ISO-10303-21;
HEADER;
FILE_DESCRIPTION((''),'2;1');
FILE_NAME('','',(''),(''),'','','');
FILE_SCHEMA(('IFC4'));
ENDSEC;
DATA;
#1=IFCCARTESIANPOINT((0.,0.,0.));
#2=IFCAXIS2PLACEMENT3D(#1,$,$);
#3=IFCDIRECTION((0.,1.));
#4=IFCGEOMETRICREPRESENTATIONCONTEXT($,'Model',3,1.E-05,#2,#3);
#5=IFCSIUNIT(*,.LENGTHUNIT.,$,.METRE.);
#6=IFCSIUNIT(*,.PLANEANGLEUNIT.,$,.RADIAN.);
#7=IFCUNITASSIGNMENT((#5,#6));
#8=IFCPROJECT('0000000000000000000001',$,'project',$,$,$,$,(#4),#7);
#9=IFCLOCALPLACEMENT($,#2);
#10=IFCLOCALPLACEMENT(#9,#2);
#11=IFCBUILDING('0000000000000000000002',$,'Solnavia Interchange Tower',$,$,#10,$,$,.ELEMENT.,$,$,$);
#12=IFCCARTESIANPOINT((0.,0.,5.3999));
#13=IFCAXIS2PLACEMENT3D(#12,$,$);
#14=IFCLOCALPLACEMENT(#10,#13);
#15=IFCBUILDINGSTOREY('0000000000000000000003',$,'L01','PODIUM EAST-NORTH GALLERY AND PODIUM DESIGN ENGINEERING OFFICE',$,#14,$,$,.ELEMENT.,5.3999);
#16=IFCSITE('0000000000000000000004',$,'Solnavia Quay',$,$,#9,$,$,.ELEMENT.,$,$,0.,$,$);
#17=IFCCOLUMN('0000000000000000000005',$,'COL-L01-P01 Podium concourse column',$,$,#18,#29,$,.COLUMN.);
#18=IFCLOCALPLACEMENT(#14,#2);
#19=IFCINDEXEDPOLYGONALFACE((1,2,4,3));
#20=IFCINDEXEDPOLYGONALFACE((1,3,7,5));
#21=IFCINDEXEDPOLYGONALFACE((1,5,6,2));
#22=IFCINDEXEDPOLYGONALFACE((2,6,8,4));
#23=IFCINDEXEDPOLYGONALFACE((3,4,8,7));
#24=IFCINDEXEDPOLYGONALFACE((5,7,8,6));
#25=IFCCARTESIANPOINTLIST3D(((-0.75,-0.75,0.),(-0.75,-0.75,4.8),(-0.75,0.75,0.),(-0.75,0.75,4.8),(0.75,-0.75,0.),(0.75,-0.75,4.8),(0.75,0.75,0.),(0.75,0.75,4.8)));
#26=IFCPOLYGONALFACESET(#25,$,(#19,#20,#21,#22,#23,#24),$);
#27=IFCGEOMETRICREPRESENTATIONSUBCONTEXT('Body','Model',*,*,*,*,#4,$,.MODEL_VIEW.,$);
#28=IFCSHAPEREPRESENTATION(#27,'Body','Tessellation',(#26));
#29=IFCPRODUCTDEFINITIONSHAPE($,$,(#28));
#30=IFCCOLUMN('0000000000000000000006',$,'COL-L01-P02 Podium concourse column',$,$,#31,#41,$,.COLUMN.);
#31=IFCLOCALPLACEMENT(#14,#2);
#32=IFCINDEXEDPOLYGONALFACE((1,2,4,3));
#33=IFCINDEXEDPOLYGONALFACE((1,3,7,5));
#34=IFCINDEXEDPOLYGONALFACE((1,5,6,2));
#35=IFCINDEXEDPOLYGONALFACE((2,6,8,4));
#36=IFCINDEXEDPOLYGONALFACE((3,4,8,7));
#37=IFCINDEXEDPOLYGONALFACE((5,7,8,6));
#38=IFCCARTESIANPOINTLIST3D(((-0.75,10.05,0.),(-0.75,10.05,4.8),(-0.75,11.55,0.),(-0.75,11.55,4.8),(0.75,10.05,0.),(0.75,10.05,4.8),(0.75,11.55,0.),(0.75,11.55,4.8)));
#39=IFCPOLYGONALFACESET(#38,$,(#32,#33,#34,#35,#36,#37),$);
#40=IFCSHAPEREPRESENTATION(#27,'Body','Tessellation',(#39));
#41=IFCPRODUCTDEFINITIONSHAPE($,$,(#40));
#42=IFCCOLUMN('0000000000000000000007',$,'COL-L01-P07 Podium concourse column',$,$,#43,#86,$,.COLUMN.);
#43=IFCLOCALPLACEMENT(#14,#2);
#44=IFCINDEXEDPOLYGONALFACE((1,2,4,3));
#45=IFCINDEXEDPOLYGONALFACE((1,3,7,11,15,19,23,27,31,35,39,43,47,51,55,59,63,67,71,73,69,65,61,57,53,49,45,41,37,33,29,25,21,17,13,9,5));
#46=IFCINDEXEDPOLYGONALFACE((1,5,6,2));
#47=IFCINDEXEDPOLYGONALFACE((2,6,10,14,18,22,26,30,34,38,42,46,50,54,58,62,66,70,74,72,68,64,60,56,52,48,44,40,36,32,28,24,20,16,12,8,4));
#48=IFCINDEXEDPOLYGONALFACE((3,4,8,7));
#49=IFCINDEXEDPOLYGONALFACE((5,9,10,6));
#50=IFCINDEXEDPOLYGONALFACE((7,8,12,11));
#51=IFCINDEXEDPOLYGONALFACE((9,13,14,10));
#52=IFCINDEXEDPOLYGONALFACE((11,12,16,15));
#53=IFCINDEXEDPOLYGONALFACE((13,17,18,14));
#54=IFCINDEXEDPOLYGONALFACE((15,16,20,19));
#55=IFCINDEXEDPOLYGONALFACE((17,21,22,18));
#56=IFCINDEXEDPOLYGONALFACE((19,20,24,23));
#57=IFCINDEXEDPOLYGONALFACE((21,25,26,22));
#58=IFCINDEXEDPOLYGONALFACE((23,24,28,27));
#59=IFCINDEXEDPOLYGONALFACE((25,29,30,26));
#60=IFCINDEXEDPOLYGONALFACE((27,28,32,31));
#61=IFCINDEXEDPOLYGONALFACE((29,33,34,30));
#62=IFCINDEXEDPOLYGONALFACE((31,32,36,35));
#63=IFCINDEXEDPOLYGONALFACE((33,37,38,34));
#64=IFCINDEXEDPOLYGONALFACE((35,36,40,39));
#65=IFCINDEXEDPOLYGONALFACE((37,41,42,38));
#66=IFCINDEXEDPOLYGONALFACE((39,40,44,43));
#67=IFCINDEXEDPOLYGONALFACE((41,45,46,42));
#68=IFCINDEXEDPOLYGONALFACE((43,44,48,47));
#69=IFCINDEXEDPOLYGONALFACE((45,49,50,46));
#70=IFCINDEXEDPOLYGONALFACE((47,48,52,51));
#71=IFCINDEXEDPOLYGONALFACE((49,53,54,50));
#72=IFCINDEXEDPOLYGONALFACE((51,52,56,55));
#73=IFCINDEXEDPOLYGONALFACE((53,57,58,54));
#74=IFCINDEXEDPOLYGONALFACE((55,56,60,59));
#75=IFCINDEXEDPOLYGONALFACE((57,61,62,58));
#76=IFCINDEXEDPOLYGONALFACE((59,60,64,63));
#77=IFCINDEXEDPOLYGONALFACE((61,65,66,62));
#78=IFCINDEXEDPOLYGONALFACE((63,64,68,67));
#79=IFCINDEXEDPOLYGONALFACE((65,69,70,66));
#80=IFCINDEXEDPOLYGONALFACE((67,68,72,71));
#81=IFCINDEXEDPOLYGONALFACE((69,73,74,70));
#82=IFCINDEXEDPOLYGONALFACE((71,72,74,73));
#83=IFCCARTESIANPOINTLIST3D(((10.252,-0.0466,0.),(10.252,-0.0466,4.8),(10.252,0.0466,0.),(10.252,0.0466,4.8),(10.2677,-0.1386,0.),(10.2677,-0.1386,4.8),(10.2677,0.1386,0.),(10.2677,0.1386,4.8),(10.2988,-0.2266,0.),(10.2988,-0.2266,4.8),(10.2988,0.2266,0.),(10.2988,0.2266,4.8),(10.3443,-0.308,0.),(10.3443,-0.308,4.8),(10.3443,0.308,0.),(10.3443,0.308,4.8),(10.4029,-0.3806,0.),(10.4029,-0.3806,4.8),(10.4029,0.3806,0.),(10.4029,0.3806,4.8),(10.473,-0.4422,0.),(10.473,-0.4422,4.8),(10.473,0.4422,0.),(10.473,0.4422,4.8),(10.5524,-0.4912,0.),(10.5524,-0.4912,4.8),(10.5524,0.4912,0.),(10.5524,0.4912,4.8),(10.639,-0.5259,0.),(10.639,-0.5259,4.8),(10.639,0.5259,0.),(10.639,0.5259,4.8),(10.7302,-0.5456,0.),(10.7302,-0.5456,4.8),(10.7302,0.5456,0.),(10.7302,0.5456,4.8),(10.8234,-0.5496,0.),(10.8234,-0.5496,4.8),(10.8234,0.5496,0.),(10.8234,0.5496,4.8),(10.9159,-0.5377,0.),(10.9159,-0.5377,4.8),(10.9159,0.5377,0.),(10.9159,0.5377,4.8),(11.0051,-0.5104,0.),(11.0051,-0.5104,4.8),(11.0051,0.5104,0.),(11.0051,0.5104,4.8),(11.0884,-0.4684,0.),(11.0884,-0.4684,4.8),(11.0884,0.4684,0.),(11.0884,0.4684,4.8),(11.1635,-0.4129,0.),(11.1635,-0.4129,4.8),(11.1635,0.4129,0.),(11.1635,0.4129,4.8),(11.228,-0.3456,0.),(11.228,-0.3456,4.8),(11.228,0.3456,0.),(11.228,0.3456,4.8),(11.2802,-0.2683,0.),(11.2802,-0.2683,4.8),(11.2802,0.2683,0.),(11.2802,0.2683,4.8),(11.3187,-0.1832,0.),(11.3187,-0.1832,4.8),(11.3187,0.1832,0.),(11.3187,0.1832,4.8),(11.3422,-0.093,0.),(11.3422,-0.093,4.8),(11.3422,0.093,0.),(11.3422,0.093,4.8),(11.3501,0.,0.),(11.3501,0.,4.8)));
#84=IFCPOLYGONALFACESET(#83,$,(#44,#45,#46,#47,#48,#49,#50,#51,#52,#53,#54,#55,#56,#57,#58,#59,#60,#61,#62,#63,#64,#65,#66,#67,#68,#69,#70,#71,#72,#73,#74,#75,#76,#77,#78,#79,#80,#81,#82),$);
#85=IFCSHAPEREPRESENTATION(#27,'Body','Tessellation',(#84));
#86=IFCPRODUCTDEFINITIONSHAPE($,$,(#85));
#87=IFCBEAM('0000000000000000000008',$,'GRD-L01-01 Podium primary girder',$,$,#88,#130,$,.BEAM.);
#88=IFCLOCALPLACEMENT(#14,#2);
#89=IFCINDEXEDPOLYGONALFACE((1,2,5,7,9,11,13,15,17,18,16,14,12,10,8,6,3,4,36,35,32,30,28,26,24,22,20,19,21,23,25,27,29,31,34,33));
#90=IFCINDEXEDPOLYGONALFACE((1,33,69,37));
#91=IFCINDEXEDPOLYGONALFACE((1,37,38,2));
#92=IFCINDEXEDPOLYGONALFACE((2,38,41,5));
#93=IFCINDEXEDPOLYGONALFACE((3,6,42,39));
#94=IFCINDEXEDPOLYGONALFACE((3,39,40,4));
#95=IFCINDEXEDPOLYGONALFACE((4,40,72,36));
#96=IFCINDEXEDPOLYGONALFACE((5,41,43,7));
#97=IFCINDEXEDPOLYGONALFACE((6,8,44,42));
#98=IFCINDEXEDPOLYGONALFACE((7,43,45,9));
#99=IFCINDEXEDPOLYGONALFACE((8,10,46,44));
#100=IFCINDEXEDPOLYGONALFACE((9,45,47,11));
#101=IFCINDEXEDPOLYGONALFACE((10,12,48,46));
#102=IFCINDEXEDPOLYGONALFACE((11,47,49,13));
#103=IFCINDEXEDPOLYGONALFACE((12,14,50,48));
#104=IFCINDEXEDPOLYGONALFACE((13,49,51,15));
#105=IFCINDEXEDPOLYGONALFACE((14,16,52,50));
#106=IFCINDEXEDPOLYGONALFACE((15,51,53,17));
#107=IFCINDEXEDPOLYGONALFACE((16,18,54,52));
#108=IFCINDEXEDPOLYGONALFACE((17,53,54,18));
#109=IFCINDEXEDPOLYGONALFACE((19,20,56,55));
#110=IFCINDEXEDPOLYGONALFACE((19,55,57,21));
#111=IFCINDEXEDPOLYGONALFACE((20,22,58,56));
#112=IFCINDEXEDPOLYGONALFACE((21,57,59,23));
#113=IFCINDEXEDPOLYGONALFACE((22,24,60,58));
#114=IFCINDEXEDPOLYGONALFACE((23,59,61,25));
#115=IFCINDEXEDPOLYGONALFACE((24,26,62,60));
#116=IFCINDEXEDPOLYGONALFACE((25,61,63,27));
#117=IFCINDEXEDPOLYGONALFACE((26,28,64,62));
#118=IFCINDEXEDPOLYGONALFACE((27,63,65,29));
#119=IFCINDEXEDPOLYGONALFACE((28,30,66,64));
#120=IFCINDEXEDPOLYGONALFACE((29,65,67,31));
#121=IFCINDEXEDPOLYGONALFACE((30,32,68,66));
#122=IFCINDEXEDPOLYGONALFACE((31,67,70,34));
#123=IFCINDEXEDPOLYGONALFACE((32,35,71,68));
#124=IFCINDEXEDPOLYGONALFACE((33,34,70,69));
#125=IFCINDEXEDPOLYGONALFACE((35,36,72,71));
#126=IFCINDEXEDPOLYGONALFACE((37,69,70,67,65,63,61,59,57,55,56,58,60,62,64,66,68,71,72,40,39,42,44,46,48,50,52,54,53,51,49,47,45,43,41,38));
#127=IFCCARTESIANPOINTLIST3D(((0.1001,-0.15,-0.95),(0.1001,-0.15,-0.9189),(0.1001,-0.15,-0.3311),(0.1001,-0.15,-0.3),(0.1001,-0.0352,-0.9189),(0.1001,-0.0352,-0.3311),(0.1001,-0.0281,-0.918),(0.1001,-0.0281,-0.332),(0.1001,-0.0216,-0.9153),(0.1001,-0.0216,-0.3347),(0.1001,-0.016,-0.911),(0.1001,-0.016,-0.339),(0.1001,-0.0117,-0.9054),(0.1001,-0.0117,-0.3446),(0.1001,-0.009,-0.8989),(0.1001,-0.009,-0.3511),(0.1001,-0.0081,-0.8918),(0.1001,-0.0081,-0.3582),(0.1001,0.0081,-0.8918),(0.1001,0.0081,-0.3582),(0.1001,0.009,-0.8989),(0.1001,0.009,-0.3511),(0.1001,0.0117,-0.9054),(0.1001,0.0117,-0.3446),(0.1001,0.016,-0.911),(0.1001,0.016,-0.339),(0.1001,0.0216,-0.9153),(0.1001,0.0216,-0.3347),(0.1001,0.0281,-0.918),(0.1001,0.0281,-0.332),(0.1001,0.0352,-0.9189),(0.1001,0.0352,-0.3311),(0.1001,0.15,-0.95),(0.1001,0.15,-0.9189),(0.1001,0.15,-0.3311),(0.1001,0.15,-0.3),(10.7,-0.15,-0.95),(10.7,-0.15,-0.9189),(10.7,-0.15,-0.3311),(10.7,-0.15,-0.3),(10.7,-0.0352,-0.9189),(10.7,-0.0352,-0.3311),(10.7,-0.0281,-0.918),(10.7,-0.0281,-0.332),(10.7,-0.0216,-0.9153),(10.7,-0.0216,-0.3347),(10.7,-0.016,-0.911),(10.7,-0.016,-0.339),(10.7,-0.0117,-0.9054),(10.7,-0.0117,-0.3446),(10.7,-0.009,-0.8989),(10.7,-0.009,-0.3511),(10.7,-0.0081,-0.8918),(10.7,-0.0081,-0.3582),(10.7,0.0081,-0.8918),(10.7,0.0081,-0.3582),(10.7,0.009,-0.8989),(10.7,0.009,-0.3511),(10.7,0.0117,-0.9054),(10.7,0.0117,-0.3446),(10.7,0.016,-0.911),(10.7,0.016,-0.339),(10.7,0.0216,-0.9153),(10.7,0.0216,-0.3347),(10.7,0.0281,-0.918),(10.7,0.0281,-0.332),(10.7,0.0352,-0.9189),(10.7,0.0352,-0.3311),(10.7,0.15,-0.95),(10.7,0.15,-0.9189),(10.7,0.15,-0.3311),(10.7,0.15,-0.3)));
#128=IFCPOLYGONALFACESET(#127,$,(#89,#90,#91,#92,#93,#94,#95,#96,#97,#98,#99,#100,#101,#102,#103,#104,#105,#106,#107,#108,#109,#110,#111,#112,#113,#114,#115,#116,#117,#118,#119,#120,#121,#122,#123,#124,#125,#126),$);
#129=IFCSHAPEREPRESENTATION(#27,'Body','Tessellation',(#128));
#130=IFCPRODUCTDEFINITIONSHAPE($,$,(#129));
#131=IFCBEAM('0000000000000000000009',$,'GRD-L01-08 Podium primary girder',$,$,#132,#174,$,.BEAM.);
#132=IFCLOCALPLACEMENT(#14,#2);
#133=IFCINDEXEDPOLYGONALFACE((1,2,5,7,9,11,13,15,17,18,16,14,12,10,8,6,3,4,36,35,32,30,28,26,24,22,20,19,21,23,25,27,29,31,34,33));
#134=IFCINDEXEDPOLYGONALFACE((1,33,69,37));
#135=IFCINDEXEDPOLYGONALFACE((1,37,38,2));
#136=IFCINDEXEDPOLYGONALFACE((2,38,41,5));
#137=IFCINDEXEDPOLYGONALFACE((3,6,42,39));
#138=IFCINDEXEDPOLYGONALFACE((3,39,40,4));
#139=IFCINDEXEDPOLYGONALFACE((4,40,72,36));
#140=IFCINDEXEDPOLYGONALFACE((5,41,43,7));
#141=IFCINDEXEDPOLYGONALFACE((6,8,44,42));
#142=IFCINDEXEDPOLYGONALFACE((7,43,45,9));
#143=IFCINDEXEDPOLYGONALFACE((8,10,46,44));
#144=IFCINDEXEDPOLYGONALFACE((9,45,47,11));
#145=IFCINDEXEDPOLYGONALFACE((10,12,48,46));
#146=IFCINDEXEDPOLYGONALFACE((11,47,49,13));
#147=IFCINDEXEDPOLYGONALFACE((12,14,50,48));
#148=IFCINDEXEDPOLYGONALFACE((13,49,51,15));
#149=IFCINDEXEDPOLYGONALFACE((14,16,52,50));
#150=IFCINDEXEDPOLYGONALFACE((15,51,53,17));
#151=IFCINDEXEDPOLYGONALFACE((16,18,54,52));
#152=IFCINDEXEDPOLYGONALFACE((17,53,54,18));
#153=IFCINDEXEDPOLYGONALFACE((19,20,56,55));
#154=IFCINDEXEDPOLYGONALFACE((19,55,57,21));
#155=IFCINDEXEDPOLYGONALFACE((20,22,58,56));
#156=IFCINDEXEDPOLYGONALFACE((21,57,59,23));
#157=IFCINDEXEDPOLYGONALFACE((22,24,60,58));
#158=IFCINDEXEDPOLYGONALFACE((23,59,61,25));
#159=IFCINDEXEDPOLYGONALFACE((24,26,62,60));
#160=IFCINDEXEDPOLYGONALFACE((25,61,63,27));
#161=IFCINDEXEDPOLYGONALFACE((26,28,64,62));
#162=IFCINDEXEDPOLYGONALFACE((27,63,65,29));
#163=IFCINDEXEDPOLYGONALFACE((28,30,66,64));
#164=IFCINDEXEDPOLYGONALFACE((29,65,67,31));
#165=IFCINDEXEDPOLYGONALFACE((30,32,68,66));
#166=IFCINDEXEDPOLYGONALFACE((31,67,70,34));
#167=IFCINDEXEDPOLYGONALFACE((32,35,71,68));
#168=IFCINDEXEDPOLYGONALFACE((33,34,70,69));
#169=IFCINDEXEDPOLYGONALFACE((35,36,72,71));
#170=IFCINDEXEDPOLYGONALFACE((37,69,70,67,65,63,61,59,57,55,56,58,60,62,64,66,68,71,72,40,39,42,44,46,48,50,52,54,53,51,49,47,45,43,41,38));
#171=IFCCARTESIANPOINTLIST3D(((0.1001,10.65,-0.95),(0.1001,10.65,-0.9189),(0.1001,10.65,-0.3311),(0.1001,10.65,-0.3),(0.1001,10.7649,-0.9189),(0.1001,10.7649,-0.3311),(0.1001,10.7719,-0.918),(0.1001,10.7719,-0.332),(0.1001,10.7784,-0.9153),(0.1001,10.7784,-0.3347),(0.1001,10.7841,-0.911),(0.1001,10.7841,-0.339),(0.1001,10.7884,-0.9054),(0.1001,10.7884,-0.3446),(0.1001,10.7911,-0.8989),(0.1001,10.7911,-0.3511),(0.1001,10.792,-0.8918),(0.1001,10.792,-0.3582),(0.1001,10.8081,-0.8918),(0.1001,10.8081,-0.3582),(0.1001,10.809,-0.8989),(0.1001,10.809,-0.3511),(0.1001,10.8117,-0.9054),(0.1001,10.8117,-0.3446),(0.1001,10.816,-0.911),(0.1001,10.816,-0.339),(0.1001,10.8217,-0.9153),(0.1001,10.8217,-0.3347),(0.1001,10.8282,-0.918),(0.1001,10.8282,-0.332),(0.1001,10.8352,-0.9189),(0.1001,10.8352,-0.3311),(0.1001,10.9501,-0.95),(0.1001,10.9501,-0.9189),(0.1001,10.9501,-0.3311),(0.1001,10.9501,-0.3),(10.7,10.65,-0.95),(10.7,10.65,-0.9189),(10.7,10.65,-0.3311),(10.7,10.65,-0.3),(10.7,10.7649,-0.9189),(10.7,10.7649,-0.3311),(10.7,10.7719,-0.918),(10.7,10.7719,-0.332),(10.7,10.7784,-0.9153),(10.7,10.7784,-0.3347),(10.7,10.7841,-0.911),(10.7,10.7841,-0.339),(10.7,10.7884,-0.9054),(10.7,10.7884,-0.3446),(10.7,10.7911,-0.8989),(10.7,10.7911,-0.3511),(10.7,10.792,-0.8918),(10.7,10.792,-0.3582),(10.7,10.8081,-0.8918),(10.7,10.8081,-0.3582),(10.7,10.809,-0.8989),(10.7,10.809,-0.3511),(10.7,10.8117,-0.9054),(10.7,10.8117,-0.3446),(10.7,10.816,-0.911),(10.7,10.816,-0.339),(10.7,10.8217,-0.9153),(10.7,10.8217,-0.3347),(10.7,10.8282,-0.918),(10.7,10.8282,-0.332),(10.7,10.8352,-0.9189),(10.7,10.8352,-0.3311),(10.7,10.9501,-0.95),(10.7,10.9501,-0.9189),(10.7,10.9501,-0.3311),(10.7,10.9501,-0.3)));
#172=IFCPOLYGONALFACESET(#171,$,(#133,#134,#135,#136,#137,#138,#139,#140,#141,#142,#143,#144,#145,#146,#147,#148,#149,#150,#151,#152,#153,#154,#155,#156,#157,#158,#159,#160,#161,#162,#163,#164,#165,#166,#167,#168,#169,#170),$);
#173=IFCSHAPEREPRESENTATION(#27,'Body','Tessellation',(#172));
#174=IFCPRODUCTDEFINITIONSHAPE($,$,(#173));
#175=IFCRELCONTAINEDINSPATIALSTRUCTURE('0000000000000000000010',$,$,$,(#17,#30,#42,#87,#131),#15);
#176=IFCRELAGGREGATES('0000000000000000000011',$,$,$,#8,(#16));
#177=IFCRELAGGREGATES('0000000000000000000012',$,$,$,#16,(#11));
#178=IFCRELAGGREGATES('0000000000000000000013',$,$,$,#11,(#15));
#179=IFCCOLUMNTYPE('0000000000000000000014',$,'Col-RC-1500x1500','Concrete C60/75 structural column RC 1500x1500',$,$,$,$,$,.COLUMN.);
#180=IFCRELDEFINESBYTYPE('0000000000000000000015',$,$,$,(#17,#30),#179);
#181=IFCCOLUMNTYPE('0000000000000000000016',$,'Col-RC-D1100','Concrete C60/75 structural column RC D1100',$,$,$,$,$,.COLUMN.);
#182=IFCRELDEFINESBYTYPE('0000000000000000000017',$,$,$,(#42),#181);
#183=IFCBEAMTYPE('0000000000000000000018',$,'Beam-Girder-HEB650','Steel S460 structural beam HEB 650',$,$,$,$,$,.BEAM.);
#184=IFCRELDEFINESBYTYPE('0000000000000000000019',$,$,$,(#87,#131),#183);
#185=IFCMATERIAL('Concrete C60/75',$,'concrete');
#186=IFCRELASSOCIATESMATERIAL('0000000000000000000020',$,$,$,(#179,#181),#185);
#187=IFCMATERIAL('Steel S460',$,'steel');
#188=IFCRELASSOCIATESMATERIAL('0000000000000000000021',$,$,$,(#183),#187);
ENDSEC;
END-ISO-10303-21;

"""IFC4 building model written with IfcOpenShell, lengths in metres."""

from ifc_helpers import new_model, si_unit, direction, frame, origin, origin_2d, place, context, subcontext, project, spatial, rectangle, circle, i_section, extrude, material, material_profile, profile_set, type_object, element, save


model = new_model("IFC4")

# Units and contexts
model_context = context("Model", 3, precision=1e-05, world=origin(), true_north=direction((0.0, 1.0)))
body_context = subcontext(model_context, "Body", "Model", "MODEL_VIEW")
ifc_project = project(units=[si_unit("LENGTHUNIT", "METRE"), si_unit("PLANEANGLEUNIT", "RADIAN")], contexts=[model_context])

# Site, building, storey
site_placement = place(None, origin())
site = spatial("IfcSite", under=ifc_project, at=site_placement, Name="Solnavia Quay", CompositionType="ELEMENT", RefElevation=0.0)
building_placement = place(site_placement, origin())
building = spatial("IfcBuilding", under=site, at=building_placement, Name="Solnavia Interchange Tower", CompositionType="ELEMENT")
storey_placement = place(building_placement, frame((0.0, 0.0, 5.3999)))
storey = spatial("IfcBuildingStorey", under=building, at=storey_placement, Name="L01", Description="PODIUM EAST-NORTH GALLERY AND PODIUM DESIGN ENGINEERING OFFICE", CompositionType="ELEMENT", Elevation=5.3999)

# Columns
ifc_material_1 = material(Name="Concrete C60/75", Category="concrete")
ifc_material_profile_1 = material_profile(ifc_material_1, rectangle(XDim=1.5, YDim=1.5, at=origin_2d()), Name="RC 1500x1500")
ifc_profile_set_1 = profile_set([ifc_material_profile_1], Name="Concrete C60/75")
column_type_1 = type_object("IfcColumnType", Name="Col-RC-1500x1500", Description="Concrete C60/75 structural column RC 1500x1500", PredefinedType="COLUMN", material=ifc_profile_set_1)
for number, where, z_axis, x_axis, name in (
    (1, (0.0, 0.0, 0.0), (0.0, 0.0, 1.0), (1.0, 0.0, 0.0), "COL-L01-P01 Podium concourse column"),
    (2, (0.0, 10.8, 0.0), (0.0, 0.0, 1.0), (1.0, 0.0, 0.0), "COL-L01-P02 Podium concourse column"),
):
    element("IfcColumn", number, at=place(storey_placement, frame(where, z_axis=z_axis, x_axis=x_axis)), inside=storey, type_object=column_type_1, Name=name, PredefinedType="COLUMN", context=body_context, shape_type="SweptSolid", body=[
        extrude(rectangle(XDim=1.5, YDim=1.5, at=origin_2d()), origin(), (0.0, 0.0, 1.0), 4.8),
    ])
ifc_material_profile_2 = material_profile(ifc_material_1, circle(Radius=0.55, at=origin_2d()), Name="RC D1100")
ifc_profile_set_2 = profile_set([ifc_material_profile_2], Name="Concrete C60/75")
column_type_2 = type_object("IfcColumnType", Name="Col-RC-D1100", Description="Concrete C60/75 structural column RC D1100", PredefinedType="COLUMN", material=ifc_profile_set_2)
column_placement = place(storey_placement, frame((10.8, 0.0, 0.0), z_axis=(0.0, 0.0, 1.0), x_axis=(1.0, 0.0, 0.0)))
element("IfcColumn", 3, at=column_placement, inside=storey, type_object=column_type_2, Name="COL-L01-P07 Podium concourse column", PredefinedType="COLUMN", context=body_context, shape_type="SweptSolid", body=[
    extrude(circle(Radius=0.55, at=origin_2d()), origin(), (0.0, 0.0, 1.0), 4.8),
])

# Beams
ifc_material_2 = material(Name="Steel S460", Category="steel")
ifc_material_profile_3 = material_profile(ifc_material_2, i_section(OverallWidth=0.3, OverallDepth=0.6499, WebThickness=0.0161, FlangeThickness=0.031, FilletRadius=0.0271, at=origin_2d()), Name="HEB 650")
ifc_profile_set_3 = profile_set([ifc_material_profile_3], Name="Steel S460")
beam_type_1 = type_object("IfcBeamType", Name="Beam-Girder-HEB650", Description="Steel S460 structural beam HEB 650", PredefinedType="BEAM", material=ifc_profile_set_3)
for number, where, z_axis, x_axis, name in (
    (4, (0.1001, 0.0, -0.625), (1.0, 0.0, 0.0), (0.0, 1.0, 0.0), "GRD-L01-01 Podium primary girder"),
    (5, (0.1001, 10.8, -0.625), (1.0, 0.0, 0.0), (0.0, 1.0, 0.0), "GRD-L01-08 Podium primary girder"),
):
    element("IfcBeam", number, at=place(storey_placement, frame(where, z_axis=z_axis, x_axis=x_axis)), inside=storey, type_object=beam_type_1, Name=name, PredefinedType="BEAM", context=body_context, shape_type="SweptSolid", body=[
        extrude(i_section(OverallWidth=0.3, OverallDepth=0.6499, WebThickness=0.0161, FlangeThickness=0.031, FilletRadius=0.0271, at=origin_2d()), origin(), (0.0, 0.0, 1.0), 10.5999),
    ])

save(model, "model.ifc")
